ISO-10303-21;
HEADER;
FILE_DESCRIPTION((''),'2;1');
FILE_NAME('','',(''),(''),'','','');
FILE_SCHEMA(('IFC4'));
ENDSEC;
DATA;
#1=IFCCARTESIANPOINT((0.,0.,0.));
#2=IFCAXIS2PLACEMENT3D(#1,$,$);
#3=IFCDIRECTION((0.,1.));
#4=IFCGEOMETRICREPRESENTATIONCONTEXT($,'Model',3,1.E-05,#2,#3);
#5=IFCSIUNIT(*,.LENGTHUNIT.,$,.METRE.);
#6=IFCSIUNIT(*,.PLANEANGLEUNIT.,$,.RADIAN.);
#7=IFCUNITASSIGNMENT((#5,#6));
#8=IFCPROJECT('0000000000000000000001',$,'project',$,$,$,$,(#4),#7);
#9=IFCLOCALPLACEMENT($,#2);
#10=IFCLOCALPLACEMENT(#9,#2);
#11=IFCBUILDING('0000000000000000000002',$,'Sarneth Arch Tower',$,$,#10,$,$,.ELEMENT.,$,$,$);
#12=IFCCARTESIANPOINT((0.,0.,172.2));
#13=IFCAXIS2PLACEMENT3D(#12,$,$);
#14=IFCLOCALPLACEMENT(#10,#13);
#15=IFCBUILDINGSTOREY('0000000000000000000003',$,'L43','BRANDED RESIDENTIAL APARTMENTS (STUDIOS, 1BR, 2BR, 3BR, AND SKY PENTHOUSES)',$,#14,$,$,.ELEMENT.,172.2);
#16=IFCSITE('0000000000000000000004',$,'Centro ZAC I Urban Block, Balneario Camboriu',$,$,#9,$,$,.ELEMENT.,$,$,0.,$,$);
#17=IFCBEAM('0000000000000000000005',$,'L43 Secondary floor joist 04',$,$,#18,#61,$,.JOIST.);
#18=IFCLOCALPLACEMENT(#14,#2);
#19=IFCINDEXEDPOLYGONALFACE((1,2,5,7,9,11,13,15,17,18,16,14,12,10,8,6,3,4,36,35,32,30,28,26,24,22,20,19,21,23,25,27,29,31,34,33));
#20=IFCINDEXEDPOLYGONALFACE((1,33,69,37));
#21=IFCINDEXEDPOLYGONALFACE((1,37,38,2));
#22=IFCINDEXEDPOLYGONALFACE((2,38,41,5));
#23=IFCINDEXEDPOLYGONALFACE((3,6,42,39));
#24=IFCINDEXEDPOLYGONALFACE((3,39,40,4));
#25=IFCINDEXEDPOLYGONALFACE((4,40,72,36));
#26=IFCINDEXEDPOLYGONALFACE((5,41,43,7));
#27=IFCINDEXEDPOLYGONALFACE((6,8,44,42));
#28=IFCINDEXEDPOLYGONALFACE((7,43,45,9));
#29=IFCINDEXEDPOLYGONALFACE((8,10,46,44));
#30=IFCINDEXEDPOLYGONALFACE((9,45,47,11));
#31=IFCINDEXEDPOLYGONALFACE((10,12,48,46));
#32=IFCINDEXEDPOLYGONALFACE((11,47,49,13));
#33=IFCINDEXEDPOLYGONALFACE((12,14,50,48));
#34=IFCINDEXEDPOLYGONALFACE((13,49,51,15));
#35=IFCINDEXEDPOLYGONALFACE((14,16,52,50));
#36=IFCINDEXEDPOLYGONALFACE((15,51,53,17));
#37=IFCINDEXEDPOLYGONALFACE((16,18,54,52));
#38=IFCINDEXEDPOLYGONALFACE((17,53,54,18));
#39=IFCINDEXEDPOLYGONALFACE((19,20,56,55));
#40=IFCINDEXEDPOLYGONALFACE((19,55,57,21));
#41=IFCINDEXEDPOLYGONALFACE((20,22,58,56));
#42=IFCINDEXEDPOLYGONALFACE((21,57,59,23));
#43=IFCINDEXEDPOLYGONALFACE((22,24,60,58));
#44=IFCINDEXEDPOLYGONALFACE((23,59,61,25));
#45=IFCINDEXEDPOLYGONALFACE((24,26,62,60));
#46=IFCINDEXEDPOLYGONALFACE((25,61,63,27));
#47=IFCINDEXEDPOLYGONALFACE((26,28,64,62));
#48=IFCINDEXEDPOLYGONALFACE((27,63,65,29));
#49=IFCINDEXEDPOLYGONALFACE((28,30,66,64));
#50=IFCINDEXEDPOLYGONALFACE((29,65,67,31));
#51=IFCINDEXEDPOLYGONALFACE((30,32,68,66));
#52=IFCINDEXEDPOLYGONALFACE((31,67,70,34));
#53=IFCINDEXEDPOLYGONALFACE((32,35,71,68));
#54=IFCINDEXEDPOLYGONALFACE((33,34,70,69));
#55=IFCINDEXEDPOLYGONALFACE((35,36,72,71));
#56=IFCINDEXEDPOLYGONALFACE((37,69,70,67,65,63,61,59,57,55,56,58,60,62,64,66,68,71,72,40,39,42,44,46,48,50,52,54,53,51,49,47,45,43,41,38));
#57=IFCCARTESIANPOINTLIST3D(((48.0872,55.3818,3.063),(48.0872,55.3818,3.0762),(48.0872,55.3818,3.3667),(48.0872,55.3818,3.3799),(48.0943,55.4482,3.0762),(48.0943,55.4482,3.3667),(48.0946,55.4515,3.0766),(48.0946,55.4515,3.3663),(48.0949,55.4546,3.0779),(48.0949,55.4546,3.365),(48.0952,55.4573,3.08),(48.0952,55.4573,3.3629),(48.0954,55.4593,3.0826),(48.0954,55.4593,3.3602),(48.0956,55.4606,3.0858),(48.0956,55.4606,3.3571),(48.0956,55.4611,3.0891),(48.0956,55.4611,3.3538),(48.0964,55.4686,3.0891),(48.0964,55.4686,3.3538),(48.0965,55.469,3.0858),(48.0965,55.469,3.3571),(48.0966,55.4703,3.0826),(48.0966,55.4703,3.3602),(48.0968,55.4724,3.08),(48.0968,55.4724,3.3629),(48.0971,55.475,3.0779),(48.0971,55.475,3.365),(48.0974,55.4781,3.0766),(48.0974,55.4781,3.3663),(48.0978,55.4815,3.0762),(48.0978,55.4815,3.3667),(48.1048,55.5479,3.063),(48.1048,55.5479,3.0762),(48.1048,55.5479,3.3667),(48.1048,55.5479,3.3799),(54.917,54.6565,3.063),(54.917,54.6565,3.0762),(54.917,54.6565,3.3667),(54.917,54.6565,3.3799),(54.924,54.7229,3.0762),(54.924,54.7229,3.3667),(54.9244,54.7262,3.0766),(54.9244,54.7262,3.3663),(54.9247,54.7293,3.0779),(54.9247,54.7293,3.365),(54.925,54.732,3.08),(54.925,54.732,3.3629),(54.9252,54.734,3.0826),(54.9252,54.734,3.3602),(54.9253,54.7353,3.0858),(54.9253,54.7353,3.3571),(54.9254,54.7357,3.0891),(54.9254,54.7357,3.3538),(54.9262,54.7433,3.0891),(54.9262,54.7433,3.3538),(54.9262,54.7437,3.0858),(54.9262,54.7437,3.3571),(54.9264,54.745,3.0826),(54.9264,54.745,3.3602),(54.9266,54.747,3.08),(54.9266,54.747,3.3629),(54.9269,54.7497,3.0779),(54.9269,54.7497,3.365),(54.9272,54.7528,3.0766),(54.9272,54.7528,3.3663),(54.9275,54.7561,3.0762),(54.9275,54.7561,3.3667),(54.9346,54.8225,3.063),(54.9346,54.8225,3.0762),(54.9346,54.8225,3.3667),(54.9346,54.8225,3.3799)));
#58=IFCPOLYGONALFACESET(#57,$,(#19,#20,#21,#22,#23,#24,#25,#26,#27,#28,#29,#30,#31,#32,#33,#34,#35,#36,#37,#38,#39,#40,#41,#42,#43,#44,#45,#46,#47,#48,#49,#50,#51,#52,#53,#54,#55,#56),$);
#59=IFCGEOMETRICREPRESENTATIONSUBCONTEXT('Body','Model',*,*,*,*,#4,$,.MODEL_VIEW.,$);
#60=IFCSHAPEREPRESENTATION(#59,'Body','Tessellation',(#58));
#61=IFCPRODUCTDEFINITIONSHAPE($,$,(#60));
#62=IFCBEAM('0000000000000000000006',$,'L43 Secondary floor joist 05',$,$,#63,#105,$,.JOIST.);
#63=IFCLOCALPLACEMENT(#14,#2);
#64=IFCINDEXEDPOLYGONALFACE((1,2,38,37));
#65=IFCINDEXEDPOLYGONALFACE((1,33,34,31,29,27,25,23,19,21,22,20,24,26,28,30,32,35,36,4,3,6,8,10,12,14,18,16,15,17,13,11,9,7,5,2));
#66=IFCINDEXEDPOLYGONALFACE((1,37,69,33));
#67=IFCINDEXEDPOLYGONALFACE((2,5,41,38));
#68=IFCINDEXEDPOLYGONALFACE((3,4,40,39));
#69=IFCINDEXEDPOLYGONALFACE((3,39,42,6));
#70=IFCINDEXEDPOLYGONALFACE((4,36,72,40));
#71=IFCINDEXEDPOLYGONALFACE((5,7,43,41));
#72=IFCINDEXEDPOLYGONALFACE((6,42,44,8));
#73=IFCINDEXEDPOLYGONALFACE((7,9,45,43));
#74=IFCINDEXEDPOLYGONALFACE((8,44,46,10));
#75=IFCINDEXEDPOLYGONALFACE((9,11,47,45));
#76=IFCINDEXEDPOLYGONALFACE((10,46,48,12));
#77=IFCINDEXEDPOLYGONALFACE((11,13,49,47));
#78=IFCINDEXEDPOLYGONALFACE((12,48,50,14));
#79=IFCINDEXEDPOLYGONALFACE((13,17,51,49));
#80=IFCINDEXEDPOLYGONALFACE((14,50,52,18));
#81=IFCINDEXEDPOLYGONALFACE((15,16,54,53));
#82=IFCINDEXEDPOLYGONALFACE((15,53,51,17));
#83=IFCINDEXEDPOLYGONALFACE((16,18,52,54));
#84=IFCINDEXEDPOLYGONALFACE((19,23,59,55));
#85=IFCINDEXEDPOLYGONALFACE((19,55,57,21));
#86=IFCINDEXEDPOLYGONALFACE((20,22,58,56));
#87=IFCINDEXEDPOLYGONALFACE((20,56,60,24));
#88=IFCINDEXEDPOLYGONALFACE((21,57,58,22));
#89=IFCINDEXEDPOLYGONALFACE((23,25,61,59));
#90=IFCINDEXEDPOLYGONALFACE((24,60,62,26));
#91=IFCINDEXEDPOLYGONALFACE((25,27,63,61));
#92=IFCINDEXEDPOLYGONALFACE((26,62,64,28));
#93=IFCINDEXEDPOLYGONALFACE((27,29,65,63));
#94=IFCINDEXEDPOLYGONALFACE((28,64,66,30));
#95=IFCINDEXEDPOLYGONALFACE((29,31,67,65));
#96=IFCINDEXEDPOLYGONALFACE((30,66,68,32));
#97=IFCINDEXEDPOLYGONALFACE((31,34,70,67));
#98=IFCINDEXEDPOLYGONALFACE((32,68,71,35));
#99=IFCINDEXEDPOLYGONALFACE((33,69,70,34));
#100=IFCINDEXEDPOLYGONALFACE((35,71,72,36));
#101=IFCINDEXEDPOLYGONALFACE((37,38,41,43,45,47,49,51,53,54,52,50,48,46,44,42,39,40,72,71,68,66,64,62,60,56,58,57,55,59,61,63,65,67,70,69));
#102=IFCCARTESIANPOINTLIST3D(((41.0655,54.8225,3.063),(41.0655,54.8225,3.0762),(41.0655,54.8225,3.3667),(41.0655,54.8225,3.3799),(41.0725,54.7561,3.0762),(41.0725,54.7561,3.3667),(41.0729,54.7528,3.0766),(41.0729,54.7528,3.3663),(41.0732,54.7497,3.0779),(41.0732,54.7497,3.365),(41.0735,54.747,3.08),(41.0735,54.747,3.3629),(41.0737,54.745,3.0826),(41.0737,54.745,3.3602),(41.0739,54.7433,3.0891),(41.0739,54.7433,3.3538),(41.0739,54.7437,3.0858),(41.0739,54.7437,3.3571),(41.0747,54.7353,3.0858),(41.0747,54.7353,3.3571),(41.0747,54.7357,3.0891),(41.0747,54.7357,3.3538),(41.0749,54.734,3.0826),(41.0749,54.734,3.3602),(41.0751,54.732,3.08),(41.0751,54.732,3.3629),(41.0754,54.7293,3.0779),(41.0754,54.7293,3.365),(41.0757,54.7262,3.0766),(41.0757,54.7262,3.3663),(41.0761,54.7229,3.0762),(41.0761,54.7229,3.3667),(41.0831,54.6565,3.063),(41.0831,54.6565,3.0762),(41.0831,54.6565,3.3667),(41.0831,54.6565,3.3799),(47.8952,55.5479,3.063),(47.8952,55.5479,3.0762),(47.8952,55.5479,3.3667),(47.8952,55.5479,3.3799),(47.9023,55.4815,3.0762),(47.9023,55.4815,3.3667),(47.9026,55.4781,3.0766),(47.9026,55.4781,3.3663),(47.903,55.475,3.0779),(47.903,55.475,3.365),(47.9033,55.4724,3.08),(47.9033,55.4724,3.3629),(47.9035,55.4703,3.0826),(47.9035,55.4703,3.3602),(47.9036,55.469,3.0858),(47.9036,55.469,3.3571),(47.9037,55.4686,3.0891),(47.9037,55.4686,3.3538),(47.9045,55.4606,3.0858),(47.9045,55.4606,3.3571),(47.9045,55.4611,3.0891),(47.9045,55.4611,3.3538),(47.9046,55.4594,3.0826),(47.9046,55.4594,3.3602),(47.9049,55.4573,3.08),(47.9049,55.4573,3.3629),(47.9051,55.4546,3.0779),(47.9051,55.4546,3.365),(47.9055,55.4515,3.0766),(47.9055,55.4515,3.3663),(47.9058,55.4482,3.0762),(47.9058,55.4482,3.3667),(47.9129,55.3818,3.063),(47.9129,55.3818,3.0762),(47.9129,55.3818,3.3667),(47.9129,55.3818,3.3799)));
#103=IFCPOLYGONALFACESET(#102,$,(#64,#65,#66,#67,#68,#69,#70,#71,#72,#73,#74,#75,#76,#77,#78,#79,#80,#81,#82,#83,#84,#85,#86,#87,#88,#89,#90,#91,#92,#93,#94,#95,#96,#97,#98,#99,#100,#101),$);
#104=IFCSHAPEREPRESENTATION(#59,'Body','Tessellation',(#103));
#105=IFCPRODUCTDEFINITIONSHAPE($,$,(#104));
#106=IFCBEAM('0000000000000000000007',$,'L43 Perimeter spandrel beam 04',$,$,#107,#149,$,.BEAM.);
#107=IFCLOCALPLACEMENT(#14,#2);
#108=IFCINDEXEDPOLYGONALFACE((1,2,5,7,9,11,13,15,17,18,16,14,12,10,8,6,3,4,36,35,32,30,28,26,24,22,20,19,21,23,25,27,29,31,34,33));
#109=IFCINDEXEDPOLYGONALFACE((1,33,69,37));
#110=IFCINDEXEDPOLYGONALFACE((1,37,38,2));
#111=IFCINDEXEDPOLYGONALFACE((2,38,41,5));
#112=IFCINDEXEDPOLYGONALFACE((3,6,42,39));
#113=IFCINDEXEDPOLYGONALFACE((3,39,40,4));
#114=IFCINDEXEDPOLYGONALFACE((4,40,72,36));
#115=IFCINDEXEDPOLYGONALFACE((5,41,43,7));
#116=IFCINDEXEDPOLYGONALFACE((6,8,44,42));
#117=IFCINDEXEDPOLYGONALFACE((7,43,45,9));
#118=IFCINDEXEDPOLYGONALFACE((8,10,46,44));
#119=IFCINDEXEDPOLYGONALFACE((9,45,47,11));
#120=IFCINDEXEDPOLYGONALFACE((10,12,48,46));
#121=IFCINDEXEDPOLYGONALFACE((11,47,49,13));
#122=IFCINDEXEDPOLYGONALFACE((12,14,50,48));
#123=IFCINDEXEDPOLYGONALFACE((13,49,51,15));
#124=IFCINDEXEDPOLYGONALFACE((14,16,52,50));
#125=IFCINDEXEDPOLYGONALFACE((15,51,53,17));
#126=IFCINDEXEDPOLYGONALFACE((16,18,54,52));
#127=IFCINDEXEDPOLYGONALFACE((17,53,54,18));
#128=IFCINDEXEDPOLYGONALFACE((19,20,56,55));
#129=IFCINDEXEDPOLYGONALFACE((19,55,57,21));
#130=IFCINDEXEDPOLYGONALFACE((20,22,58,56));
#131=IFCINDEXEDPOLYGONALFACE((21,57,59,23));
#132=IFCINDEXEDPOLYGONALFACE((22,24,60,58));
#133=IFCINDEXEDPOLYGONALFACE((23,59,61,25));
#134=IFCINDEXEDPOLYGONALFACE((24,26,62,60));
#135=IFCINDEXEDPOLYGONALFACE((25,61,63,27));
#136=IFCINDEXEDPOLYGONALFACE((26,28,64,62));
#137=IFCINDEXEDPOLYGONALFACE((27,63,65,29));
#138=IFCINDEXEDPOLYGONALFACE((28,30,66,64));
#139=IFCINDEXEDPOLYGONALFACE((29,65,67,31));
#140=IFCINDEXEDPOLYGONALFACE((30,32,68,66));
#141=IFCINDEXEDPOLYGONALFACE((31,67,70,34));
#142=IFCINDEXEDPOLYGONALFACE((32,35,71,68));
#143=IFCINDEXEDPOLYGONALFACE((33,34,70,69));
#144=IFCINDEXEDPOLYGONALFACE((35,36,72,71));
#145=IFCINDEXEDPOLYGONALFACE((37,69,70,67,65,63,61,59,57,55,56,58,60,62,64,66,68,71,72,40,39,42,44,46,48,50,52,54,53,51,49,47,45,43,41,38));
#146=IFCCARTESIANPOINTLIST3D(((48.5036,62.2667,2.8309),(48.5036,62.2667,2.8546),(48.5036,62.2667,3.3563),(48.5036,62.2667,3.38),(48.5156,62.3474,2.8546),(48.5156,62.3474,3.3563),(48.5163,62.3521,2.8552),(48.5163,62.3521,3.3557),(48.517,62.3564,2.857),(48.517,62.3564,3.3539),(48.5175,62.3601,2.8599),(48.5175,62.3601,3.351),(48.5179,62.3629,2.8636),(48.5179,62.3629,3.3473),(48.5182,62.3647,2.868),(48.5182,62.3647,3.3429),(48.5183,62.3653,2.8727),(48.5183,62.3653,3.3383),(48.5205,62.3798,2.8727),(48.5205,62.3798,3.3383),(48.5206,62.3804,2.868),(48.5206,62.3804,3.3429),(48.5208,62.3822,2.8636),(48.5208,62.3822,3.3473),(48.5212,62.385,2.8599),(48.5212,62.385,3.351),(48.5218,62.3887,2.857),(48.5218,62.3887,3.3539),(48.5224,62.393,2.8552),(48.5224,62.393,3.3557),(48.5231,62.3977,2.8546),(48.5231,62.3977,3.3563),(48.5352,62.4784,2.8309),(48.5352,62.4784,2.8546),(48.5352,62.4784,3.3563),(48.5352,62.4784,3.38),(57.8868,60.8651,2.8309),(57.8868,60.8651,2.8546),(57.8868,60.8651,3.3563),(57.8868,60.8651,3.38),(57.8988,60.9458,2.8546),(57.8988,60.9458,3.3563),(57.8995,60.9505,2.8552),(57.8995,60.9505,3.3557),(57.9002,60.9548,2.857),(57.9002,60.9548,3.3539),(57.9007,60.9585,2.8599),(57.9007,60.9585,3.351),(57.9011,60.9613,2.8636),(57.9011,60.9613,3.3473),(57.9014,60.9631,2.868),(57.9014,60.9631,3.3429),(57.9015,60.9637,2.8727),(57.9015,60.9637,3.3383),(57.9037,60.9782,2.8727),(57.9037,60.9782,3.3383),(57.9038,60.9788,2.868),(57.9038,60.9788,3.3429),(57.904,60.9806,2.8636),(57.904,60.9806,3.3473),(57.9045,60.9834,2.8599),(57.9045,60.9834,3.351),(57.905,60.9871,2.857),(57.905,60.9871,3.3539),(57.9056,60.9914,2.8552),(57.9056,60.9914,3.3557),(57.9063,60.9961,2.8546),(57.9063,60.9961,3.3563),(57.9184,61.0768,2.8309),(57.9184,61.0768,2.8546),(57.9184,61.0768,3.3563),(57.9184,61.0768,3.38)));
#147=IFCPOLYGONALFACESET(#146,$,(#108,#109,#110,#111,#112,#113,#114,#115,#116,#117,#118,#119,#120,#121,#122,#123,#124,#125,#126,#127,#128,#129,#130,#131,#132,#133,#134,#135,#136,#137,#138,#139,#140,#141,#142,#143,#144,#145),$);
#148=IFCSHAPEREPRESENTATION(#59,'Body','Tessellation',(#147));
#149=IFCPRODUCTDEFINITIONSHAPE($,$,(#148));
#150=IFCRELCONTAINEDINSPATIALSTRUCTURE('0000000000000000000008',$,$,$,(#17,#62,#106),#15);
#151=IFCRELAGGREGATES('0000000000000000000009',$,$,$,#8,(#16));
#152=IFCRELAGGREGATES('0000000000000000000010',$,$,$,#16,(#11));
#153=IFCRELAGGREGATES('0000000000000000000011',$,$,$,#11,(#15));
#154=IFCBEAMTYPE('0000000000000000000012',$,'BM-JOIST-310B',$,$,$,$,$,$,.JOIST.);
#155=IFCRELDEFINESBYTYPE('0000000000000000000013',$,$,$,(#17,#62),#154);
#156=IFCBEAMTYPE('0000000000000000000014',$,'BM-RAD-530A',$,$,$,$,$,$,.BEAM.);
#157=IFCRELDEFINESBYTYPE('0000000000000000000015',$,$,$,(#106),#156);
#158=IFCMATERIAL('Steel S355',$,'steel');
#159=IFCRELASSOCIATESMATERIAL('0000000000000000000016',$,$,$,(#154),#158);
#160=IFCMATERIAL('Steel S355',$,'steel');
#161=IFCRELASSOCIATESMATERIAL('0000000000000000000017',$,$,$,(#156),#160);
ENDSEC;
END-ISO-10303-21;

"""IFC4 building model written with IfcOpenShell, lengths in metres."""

from ifc_helpers import new_model, si_unit, direction, frame, origin, origin_2d, place, context, subcontext, project, spatial, i_section, extrude, material, material_profile, profile_set, type_object, element, save


model = new_model("IFC4")

# Units and contexts
model_context = context("Model", 3, precision=1e-05, world=origin(), true_north=direction((0.0, 1.0)))
body_context = subcontext(model_context, "Body", "Model", "MODEL_VIEW")
ifc_project = project(units=[si_unit("LENGTHUNIT", "METRE"), si_unit("PLANEANGLEUNIT", "RADIAN")], contexts=[model_context])

# Site, building, storey
site_placement = place(None, origin())
site = spatial("IfcSite", under=ifc_project, at=site_placement, Name="Centro ZAC I Urban Block, Balneario Camboriu", CompositionType="ELEMENT", RefElevation=0.0)
building_placement = place(site_placement, origin())
building = spatial("IfcBuilding", under=site, at=building_placement, Name="Sarneth Arch Tower", CompositionType="ELEMENT")
storey_placement = place(building_placement, frame((0.0, 0.0, 172.2)))
storey = spatial("IfcBuildingStorey", under=building, at=storey_placement, Name="L43", Description="BRANDED RESIDENTIAL APARTMENTS (STUDIOS, 1BR, 2BR, 3BR, AND SKY PENTHOUSES)", CompositionType="ELEMENT", Elevation=172.2)

# Beams
ifc_material_1 = material(Name="Steel S355", Category="steel")
ifc_material_profile_1 = material_profile(ifc_material_1, i_section(OverallWidth=0.167, OverallDepth=0.3169, WebThickness=0.0076, FlangeThickness=0.0132, FilletRadius=0.0129, at=origin_2d()), Name="W310x52")
ifc_profile_set_1 = profile_set([ifc_material_profile_1], Name="Steel S355")
beam_type_1 = type_object("IfcBeamType", Name="BM-JOIST-310B", PredefinedType="JOIST", material=ifc_profile_set_1)
for number, where, z_axis, x_axis, name in (
    (1, (54.9258, 54.7395, 3.2214), (-0.994408, 0.105608, 0.0), (-0.105608, -0.994408, 0.0), "L43 Secondary floor joist 04"),
    (2, (47.9041, 55.4648, 3.2214), (-0.994408, -0.105608, 0.0), (0.105608, -0.994408, 0.0), "L43 Secondary floor joist 05"),
):
    element("IfcBeam", number, at=place(storey_placement, frame(where, z_axis=z_axis, x_axis=x_axis)), inside=storey, type_object=beam_type_1, Name=name, PredefinedType="JOIST", context=body_context, shape_type="SweptSolid", body=[
        extrude(i_section(OverallWidth=0.167, OverallDepth=0.3169, WebThickness=0.0076, FlangeThickness=0.0132, FilletRadius=0.0129, at=origin_2d()), origin(), (0.0, 0.0, 1.0), 6.8682),
    ])
ifc_material_2 = material(Name="Steel S355", Category="steel")
ifc_material_profile_2 = material_profile(ifc_material_2, i_section(OverallWidth=0.2141, OverallDepth=0.5491, WebThickness=0.0146, FlangeThickness=0.0237, FilletRadius=0.0181, at=origin_2d()), Name="W530x138")
ifc_profile_set_2 = profile_set([ifc_material_profile_2], Name="Steel S355")
beam_type_2 = type_object("IfcBeamType", Name="BM-RAD-530A", PredefinedType="BEAM", material=ifc_profile_set_2)
beam_placement = place(storey_placement, frame((57.9026, 60.9709, 3.1055), z_axis=(-0.989027, 0.147734, 0.0), x_axis=(-0.147734, -0.989027, 0.0)))
element("IfcBeam", 3, at=beam_placement, inside=storey, type_object=beam_type_2, Name="L43 Perimeter spandrel beam 04", PredefinedType="BEAM", context=body_context, shape_type="SweptSolid", body=[
    extrude(i_section(OverallWidth=0.2141, OverallDepth=0.5491, WebThickness=0.0146, FlangeThickness=0.0237, FilletRadius=0.0181, at=origin_2d()), origin(), (0.0, 0.0, 1.0), 9.4873),
])

save(model, "model.ifc")
